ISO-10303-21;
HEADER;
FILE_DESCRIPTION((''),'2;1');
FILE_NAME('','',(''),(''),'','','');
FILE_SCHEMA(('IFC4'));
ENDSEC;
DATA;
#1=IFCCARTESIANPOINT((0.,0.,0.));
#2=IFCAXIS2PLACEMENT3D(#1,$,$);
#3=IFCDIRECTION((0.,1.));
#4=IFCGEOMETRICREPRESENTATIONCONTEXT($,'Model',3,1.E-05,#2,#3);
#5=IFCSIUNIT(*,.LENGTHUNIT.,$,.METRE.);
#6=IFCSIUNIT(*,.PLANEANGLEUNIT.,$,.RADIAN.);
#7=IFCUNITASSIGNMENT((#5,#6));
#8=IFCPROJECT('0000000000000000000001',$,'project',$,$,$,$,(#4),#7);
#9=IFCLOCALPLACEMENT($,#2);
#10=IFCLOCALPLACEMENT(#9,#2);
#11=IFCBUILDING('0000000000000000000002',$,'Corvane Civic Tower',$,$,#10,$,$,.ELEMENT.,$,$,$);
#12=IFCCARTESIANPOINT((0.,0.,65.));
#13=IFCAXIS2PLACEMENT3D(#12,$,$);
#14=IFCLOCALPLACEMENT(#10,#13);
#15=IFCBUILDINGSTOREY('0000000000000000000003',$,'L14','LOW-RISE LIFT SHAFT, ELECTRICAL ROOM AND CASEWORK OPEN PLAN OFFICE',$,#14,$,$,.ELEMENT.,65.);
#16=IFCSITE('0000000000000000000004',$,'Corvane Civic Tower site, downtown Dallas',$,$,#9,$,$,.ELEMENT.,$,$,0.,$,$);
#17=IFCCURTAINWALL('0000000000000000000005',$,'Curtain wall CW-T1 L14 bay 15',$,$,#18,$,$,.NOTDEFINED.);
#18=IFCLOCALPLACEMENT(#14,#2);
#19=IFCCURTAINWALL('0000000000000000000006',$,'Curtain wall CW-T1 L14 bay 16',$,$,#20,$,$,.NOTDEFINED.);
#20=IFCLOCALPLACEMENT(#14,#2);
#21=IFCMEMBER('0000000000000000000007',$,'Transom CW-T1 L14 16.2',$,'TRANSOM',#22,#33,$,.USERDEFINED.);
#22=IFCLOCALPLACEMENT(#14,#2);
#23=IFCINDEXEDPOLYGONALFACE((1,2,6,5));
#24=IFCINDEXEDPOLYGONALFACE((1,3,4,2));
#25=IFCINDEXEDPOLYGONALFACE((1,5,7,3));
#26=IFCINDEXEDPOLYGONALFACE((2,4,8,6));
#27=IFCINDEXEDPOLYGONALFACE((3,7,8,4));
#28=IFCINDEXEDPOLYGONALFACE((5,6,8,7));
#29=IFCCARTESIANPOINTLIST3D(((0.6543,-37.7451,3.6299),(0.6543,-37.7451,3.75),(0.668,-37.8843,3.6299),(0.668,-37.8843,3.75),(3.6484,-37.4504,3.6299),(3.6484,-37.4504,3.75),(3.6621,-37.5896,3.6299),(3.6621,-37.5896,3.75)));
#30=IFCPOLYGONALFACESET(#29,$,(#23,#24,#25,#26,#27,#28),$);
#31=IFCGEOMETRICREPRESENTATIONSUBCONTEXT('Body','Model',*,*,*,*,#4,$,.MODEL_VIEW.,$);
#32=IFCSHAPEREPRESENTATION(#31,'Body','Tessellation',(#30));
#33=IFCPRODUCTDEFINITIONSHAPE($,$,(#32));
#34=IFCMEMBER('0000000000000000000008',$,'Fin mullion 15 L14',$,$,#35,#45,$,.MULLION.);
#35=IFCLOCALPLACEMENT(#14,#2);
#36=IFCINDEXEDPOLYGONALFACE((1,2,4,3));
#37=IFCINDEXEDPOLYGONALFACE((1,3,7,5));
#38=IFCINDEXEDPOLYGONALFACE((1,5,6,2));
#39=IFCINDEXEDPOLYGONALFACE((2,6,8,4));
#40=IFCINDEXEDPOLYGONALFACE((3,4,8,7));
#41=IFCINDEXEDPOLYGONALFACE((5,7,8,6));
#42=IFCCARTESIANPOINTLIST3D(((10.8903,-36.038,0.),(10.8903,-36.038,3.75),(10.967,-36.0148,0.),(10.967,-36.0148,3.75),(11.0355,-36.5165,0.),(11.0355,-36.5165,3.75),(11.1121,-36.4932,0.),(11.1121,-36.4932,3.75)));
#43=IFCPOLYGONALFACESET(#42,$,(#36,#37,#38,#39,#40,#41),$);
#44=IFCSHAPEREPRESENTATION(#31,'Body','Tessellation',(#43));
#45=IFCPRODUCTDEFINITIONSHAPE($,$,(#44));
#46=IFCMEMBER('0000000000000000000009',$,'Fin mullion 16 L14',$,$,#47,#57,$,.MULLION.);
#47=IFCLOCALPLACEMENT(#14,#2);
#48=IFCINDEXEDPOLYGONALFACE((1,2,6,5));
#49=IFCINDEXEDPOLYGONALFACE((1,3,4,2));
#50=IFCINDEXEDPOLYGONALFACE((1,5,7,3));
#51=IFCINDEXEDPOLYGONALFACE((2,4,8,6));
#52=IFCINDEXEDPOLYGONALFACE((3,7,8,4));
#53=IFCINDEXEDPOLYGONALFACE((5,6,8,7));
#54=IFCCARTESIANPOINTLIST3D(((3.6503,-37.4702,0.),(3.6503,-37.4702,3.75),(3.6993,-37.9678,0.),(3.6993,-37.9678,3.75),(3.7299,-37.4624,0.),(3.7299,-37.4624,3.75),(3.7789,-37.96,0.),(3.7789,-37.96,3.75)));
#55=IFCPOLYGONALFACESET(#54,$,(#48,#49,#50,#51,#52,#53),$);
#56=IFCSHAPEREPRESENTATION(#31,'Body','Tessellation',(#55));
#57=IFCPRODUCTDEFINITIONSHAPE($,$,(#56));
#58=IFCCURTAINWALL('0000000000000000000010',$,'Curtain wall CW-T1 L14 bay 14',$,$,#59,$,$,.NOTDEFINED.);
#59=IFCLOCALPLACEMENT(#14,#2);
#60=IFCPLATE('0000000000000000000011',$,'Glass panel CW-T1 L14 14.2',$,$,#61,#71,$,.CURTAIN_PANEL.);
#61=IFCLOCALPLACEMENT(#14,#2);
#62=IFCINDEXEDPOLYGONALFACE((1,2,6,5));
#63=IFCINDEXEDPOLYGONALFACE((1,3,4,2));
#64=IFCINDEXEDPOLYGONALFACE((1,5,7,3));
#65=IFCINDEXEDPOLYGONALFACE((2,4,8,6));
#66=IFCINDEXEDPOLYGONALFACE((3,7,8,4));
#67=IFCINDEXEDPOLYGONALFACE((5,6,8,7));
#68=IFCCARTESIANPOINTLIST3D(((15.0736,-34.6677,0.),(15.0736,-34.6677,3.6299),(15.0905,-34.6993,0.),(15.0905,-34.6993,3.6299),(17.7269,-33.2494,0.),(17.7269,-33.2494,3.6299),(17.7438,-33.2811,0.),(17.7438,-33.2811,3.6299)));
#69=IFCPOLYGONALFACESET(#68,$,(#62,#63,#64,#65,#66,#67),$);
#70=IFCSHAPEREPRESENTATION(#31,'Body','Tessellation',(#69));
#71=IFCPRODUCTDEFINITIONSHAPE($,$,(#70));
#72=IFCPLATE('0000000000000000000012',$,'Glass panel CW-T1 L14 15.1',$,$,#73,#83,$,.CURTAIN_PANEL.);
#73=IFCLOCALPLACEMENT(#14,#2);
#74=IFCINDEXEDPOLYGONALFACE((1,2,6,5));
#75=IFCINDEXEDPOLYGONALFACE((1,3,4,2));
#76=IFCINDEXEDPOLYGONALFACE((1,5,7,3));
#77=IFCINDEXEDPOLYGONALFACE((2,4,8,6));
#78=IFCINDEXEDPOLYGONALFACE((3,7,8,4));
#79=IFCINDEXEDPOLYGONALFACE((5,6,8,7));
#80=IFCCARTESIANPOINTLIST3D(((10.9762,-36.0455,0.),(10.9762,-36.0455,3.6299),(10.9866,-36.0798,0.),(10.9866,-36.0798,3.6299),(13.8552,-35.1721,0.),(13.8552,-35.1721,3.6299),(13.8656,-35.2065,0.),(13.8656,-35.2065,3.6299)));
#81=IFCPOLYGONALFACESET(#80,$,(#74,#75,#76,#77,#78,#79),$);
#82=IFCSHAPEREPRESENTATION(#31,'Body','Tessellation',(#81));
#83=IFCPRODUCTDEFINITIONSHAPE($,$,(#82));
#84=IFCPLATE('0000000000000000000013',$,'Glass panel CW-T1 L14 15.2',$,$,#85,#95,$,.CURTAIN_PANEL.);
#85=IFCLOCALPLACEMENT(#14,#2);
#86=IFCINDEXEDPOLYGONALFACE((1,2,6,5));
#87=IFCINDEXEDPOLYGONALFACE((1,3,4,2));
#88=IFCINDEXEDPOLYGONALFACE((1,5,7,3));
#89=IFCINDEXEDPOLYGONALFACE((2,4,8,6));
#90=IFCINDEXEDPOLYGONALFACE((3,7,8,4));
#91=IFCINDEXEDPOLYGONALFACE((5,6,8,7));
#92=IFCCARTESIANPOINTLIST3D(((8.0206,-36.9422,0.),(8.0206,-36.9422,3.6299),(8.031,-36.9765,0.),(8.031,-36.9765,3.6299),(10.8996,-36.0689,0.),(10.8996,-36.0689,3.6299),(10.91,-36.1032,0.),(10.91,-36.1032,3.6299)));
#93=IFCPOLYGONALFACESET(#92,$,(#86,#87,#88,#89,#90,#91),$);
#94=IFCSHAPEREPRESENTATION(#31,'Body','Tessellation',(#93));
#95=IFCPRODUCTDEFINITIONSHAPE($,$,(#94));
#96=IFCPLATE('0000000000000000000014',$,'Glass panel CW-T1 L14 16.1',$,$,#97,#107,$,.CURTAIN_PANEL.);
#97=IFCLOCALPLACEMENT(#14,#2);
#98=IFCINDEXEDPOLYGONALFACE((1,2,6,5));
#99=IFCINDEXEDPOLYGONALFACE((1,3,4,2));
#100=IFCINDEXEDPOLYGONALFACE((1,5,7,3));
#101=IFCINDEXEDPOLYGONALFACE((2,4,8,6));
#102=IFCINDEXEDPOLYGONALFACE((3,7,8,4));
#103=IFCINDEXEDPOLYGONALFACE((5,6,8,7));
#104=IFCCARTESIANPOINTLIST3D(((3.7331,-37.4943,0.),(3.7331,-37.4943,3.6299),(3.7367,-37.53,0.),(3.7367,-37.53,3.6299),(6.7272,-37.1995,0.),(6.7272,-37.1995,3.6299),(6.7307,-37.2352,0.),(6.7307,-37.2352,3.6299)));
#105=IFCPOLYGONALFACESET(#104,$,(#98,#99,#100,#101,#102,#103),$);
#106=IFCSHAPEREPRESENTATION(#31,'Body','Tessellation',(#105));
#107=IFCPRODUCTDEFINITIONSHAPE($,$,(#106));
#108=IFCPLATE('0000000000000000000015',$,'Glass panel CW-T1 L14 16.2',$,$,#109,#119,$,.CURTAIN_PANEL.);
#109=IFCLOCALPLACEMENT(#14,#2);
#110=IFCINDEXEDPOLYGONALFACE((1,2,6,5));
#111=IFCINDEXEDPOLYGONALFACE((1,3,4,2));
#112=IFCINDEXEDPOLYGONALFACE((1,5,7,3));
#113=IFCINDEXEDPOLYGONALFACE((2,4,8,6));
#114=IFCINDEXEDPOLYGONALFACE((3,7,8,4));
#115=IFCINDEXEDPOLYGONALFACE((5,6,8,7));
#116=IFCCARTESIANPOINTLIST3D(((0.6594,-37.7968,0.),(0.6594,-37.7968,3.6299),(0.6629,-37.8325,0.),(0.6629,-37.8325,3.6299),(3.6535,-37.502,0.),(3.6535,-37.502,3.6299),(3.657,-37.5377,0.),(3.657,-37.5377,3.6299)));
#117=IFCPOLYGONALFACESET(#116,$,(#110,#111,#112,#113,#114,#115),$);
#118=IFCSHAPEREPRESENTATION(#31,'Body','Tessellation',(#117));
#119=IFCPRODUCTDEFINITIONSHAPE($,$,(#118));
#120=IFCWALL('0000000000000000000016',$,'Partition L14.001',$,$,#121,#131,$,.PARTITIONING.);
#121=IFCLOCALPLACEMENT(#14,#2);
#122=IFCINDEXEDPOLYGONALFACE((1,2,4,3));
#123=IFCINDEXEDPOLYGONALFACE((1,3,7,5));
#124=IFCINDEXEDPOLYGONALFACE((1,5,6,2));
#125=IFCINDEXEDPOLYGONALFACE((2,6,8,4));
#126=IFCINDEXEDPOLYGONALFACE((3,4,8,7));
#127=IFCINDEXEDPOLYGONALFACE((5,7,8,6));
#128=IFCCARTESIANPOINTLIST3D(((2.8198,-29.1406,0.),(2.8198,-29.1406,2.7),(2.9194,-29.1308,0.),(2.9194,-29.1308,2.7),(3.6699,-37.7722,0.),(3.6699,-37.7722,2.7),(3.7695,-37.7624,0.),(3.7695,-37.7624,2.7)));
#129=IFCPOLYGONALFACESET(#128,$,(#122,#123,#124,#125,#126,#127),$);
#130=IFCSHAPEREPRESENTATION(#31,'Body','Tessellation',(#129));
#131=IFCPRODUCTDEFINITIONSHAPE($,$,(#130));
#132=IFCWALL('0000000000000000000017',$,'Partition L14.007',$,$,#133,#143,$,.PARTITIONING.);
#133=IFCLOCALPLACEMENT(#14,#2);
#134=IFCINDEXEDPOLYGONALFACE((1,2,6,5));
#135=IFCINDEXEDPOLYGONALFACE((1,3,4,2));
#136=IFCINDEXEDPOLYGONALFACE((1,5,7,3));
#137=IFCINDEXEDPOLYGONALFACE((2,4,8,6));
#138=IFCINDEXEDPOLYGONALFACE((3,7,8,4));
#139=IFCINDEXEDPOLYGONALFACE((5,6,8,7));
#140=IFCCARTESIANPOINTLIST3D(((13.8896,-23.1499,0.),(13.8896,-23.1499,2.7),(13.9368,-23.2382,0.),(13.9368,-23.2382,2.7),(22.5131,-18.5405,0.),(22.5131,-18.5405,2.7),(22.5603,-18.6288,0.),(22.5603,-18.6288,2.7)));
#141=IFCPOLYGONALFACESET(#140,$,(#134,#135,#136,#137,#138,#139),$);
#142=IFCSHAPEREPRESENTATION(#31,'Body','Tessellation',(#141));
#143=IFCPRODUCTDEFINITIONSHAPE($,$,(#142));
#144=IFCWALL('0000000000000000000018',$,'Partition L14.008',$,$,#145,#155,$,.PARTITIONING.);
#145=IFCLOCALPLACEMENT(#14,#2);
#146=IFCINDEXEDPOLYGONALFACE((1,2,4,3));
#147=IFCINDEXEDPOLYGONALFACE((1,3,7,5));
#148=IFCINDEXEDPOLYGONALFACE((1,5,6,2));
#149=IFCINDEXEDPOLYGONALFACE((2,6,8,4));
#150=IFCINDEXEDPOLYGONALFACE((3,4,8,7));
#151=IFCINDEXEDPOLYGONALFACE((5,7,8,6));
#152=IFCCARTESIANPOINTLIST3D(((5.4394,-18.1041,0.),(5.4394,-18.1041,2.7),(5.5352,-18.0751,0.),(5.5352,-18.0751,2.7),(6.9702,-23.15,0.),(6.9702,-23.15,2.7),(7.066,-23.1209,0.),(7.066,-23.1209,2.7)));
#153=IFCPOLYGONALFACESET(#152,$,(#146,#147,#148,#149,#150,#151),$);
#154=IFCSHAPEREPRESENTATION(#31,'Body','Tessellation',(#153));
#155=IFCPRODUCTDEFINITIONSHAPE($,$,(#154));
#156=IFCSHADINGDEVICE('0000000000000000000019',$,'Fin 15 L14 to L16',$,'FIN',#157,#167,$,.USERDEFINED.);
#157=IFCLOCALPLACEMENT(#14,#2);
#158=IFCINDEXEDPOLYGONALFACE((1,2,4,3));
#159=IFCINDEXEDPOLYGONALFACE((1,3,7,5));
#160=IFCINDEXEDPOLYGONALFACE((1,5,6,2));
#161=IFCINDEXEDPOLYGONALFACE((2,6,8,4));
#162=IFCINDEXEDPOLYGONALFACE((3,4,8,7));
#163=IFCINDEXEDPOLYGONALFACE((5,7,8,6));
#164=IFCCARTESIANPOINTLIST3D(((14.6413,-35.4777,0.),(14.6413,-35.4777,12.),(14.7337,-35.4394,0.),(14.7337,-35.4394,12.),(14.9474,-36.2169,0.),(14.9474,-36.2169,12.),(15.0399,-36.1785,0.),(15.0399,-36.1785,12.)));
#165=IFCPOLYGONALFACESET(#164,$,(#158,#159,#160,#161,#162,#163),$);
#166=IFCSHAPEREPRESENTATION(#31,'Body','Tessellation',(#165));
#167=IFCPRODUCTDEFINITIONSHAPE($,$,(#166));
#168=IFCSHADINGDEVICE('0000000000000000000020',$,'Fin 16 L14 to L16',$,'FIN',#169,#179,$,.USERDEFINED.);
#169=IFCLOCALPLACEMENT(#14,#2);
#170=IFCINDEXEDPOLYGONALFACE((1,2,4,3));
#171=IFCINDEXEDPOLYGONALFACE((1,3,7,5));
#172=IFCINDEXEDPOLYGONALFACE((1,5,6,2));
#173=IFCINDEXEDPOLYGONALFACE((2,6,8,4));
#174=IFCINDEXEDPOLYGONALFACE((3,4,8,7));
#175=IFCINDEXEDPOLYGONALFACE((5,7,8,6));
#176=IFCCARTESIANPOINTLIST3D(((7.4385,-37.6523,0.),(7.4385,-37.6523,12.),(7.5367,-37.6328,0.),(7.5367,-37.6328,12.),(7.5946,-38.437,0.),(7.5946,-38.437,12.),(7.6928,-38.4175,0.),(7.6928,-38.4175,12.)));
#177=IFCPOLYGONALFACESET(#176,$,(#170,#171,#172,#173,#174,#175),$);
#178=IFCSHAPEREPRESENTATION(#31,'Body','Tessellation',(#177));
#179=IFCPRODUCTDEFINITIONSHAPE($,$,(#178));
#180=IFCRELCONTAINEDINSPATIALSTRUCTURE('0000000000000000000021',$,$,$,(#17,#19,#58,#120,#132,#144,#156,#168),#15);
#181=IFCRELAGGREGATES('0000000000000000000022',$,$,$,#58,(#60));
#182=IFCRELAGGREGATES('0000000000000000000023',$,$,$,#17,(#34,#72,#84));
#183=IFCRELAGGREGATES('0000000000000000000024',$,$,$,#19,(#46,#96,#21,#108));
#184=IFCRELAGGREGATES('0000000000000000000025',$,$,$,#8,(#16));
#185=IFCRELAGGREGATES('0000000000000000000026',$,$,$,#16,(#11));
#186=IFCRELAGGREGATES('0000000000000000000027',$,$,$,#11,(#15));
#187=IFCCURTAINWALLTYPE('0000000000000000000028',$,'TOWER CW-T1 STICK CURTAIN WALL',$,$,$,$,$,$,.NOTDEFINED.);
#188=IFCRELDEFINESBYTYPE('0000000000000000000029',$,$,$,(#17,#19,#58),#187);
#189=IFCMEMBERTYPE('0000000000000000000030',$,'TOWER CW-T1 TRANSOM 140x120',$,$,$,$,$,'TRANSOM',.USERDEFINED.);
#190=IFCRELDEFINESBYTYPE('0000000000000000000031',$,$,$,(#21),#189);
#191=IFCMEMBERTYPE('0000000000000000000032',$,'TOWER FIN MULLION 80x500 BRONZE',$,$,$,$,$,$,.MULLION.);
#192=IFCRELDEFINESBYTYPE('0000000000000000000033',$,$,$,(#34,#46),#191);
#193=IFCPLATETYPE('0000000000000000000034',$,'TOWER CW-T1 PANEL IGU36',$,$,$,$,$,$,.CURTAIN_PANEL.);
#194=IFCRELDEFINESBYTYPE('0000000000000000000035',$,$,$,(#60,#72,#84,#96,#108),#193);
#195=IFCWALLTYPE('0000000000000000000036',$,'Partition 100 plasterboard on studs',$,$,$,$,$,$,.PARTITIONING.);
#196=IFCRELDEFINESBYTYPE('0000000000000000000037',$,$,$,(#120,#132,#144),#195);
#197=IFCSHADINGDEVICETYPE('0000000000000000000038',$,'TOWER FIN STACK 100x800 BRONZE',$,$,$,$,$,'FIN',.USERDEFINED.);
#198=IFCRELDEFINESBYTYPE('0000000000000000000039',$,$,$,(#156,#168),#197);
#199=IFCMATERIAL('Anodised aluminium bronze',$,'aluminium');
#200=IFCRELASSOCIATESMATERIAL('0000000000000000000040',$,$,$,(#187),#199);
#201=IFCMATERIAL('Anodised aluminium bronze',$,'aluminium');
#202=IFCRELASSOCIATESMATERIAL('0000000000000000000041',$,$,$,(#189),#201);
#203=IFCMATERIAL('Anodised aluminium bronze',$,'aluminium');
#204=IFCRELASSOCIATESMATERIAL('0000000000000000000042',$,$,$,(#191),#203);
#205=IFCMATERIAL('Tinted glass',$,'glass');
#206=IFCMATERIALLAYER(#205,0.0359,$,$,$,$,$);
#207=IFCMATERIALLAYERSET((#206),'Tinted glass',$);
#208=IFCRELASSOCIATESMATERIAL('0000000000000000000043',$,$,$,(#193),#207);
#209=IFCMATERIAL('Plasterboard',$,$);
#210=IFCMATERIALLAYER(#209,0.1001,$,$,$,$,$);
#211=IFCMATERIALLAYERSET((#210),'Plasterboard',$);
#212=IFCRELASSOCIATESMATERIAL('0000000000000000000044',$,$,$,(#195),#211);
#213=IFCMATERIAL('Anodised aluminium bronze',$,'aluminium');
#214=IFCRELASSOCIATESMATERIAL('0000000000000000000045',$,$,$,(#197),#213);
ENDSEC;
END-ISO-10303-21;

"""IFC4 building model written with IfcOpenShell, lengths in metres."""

from ifc_helpers import new_model, si_unit, direction, frame, frame_2d, origin, origin_2d, place, context, subcontext, project, spatial, rectangle, extrude, material, layer, layer_set, material_profile, profile_set, type_object, element, aggregate, save


model = new_model("IFC4")

# Units and contexts
model_context = context("Model", 3, precision=1e-05, world=origin(), true_north=direction((0.0, 1.0)))
body_context = subcontext(model_context, "Body", "Model", "MODEL_VIEW")
ifc_project = project(units=[si_unit("LENGTHUNIT", "METRE"), si_unit("PLANEANGLEUNIT", "RADIAN")], contexts=[model_context])

# Site, building, storey
site_placement = place(None, origin())
site = spatial("IfcSite", under=ifc_project, at=site_placement, Name="Corvane Civic Tower site, downtown Dallas", CompositionType="ELEMENT", RefElevation=0.0)
building_placement = place(site_placement, origin())
building = spatial("IfcBuilding", under=site, at=building_placement, Name="Corvane Civic Tower", CompositionType="ELEMENT")
storey_placement = place(building_placement, frame((0.0, 0.0, 65.0)))
storey = spatial("IfcBuildingStorey", under=building, at=storey_placement, Name="L14", Description="LOW-RISE LIFT SHAFT, ELECTRICAL ROOM AND CASEWORK OPEN PLAN OFFICE", CompositionType="ELEMENT", Elevation=65.0)

# Curtain walls, member
ifc_material_1 = material(Name="Anodised aluminium bronze", Category="aluminium")
curtain_wall_type = type_object("IfcCurtainWallType", Name="TOWER CW-T1 STICK CURTAIN WALL", PredefinedType="NOTDEFINED", material=ifc_material_1)
curtain_wall_1_placement = place(storey_placement, origin())
curtain_wall_1 = element("IfcCurtainWall", 1, at=curtain_wall_1_placement, inside=storey, type_object=curtain_wall_type, Name="Curtain wall CW-T1 L14 bay 15", PredefinedType="NOTDEFINED")
ifc_material_2 = material(Name="Anodised aluminium bronze", Category="aluminium")
ifc_material_profile_1 = material_profile(ifc_material_2, rectangle(XDim=0.1399, YDim=0.1201, at=origin_2d()), Name="TOWER CW-T1 TRANSOM 140x120")
ifc_profile_set_1 = profile_set([ifc_material_profile_1], Name="Anodised aluminium bronze")
member_type_1 = type_object("IfcMemberType", Name="TOWER CW-T1 TRANSOM 140x120", ElementType="TRANSOM", PredefinedType="USERDEFINED", material=ifc_profile_set_1)
curtain_wall_2_placement = place(storey_placement, origin())
curtain_wall_2 = element("IfcCurtainWall", 2, at=curtain_wall_2_placement, inside=storey, type_object=curtain_wall_type, Name="Curtain wall CW-T1 L14 bay 16", PredefinedType="NOTDEFINED")
member_1_placement = place(storey_placement, frame((3.6553, -37.52, 3.6899), z_axis=(-0.995192, -0.097945, 0.0), x_axis=(0.097945, -0.995192, 0.0)))
member_1 = element("IfcMember", 3, at=member_1_placement, type_object=member_type_1, Name="Transom CW-T1 L14 16.2", ObjectType="TRANSOM", PredefinedType="USERDEFINED", context=body_context, shape_type="SweptSolid", body=[
    extrude(rectangle(XDim=0.1399, YDim=0.1201, at=origin_2d()), origin(), (0.0, 0.0, 1.0), 3.0085),
])

# Members
ifc_material_3 = material(Name="Anodised aluminium bronze", Category="aluminium")
ifc_material_profile_2 = material_profile(ifc_material_3, rectangle(XDim=0.0801, YDim=0.5, at=origin_2d()), Name="TOWER FIN MULLION 80x500 BRONZE")
ifc_profile_set_2 = profile_set([ifc_material_profile_2], Name="Anodised aluminium bronze")
member_type_2 = type_object("IfcMemberType", Name="TOWER FIN MULLION 80x500 BRONZE", PredefinedType="MULLION", material=ifc_profile_set_2)
member_2_placement = place(storey_placement, frame((11.0012, -36.2656, 0.0), z_axis=(0.0, 0.0, 1.0), x_axis=(-0.956942, -0.290278, 0.0)))
member_2 = element("IfcMember", 4, at=member_2_placement, type_object=member_type_2, Name="Fin mullion 15 L14", PredefinedType="MULLION", context=body_context, shape_type="SweptSolid", body=[
    extrude(rectangle(XDim=0.0801, YDim=0.5, at=origin_2d()), origin(), (0.0, 0.0, 1.0), 3.75),
])
member_3_placement = place(storey_placement, frame((3.7146, -37.7151, 0.0), z_axis=(0.0, 0.0, 1.0), x_axis=(-0.995186, -0.098006, 0.0)))
member_3 = element("IfcMember", 5, at=member_3_placement, type_object=member_type_2, Name="Fin mullion 16 L14", PredefinedType="MULLION", context=body_context, shape_type="SweptSolid", body=[
    extrude(rectangle(XDim=0.0801, YDim=0.5, at=origin_2d()), origin(), (0.0, 0.0, 1.0), 3.75),
])

# Curtain wall, plate
curtain_wall_3_placement = place(storey_placement, origin())
curtain_wall_3 = element("IfcCurtainWall", 6, at=curtain_wall_3_placement, inside=storey, type_object=curtain_wall_type, Name="Curtain wall CW-T1 L14 bay 14", PredefinedType="NOTDEFINED")
ifc_material_4 = material(Name="Tinted glass", Category="glass")
ifc_layer_1 = layer(ifc_material_4, 0.0359)
ifc_layer_set_1 = layer_set([ifc_layer_1], Name="Tinted glass")
plate_type = type_object("IfcPlateType", Name="TOWER CW-T1 PANEL IGU36", PredefinedType="CURTAIN_PANEL", material=ifc_layer_set_1)
plate_1_placement = place(storey_placement, frame((16.4087, -33.9744, 0.0), z_axis=(0.0, 0.0, 1.0), x_axis=(-0.881918, -0.471404, 0.0)))
plate_1 = element("IfcPlate", 7, at=plate_1_placement, type_object=plate_type, Name="Glass panel CW-T1 L14 14.2", PredefinedType="CURTAIN_PANEL", context=body_context, shape_type="SweptSolid", body=[
    extrude(rectangle(XDim=3.0085, YDim=0.0359, at=origin_2d()), origin(), (0.0, 0.0, 1.0), 3.6299),
])
aggregate(curtain_wall_3, [plate_1])

# Plates
plate_2_placement = place(storey_placement, frame((12.4209, -35.626, 0.0), z_axis=(0.0, 0.0, 1.0), x_axis=(-0.956942, -0.290278, 0.0)))
plate_2 = element("IfcPlate", 8, at=plate_2_placement, type_object=plate_type, Name="Glass panel CW-T1 L14 15.1", PredefinedType="CURTAIN_PANEL", context=body_context, shape_type="SweptSolid", body=[
    extrude(rectangle(XDim=3.0085, YDim=0.0359, at=origin_2d()), origin(), (0.0, 0.0, 1.0), 3.6299),
])
plate_3_placement = place(storey_placement, frame((9.4653, -36.5227, 0.0), z_axis=(0.0, 0.0, 1.0), x_axis=(-0.956942, -0.290278, 0.0)))
plate_3 = element("IfcPlate", 9, at=plate_3_placement, type_object=plate_type, Name="Glass panel CW-T1 L14 15.2", PredefinedType="CURTAIN_PANEL", context=body_context, shape_type="SweptSolid", body=[
    extrude(rectangle(XDim=3.0085, YDim=0.0359, at=origin_2d()), origin(), (0.0, 0.0, 1.0), 3.6299),
])
aggregate(curtain_wall_1, [member_2, plate_2, plate_3])
plate_4_placement = place(storey_placement, frame((5.2319, -37.3647, 0.0), z_axis=(0.0, 0.0, 1.0), x_axis=(-0.995186, -0.098006, 0.0)))
plate_4 = element("IfcPlate", 10, at=plate_4_placement, type_object=plate_type, Name="Glass panel CW-T1 L14 16.1", PredefinedType="CURTAIN_PANEL", context=body_context, shape_type="SweptSolid", body=[
    extrude(rectangle(XDim=3.0085, YDim=0.0359, at=origin_2d()), origin(), (0.0, 0.0, 1.0), 3.6299),
])
plate_5_placement = place(storey_placement, frame((2.1582, -37.6672, 0.0), z_axis=(0.0, 0.0, 1.0), x_axis=(-0.995186, -0.098006, 0.0)))
plate_5 = element("IfcPlate", 11, at=plate_5_placement, type_object=plate_type, Name="Glass panel CW-T1 L14 16.2", PredefinedType="CURTAIN_PANEL", context=body_context, shape_type="SweptSolid", body=[
    extrude(rectangle(XDim=3.0085, YDim=0.0359, at=origin_2d()), origin(), (0.0, 0.0, 1.0), 3.6299),
])
aggregate(curtain_wall_2, [member_3, plate_4, member_1, plate_5])

# Walls
ifc_material_5 = material(Name="Plasterboard")
ifc_layer_2 = layer(ifc_material_5, 0.1001)
ifc_layer_set_2 = layer_set([ifc_layer_2], Name="Plasterboard")
wall_type = type_object("IfcWallType", Name="Partition 100 plasterboard on studs", PredefinedType="PARTITIONING", material=ifc_layer_set_2)
wall_1_placement = place(storey_placement, frame((2.8696, -29.1357, 0.0), z_axis=(0.0, 0.0, 1.0), x_axis=(0.098013, -0.995185, 0.0)))
element("IfcWall", 12, at=wall_1_placement, inside=storey, type_object=wall_type, Name="Partition L14.001", PredefinedType="PARTITIONING", context=body_context, shape_type="SweptSolid", body=[
    extrude(rectangle(XDim=8.6733, YDim=0.1001, at=frame_2d((4.3367, 0.0))), origin(), (0.0, 0.0, 1.0), 2.7),
])
wall_2_placement = place(storey_placement, frame((13.9131, -23.1941, 0.0), z_axis=(0.0, 0.0, 1.0), x_axis=(0.881921, 0.471397, 0.0)))
element("IfcWall", 13, at=wall_2_placement, inside=storey, type_object=wall_type, Name="Partition L14.007", PredefinedType="PARTITIONING", context=body_context, shape_type="SweptSolid", body=[
    extrude(rectangle(XDim=9.7781, YDim=0.1001, at=frame_2d((4.8892, 0.0))), origin(), (0.0, 0.0, 1.0), 2.7),
])
wall_3_placement = place(storey_placement, frame((5.4873, -18.0896, 0.0), z_axis=(0.0, 0.0, 1.0), x_axis=(0.290303, -0.956935, 0.0)))
element("IfcWall", 14, at=wall_3_placement, inside=storey, type_object=wall_type, Name="Partition L14.008", PredefinedType="PARTITIONING", context=body_context, shape_type="SweptSolid", body=[
    extrude(rectangle(XDim=5.2729, YDim=0.1001, at=frame_2d((2.6365, 0.0))), origin(), (0.0, 0.0, 1.0), 2.7),
])

# Shading devices
ifc_material_6 = material(Name="Anodised aluminium bronze", Category="aluminium")
ifc_material_profile_3 = material_profile(ifc_material_6, rectangle(XDim=0.1001, YDim=0.8, at=origin_2d()), Name="TOWER FIN STACK 100x800 BRONZE")
ifc_profile_set_3 = profile_set([ifc_material_profile_3], Name="Anodised aluminium bronze")
shading_device_type = type_object("IfcShadingDeviceType", Name="TOWER FIN STACK 100x800 BRONZE", ElementType="FIN", PredefinedType="USERDEFINED", material=ifc_profile_set_3)
for number, where, z_axis, x_axis, name in (
    (15, (14.8406, -35.8281, 0.0), (0.0, 0.0, 1.0), (-0.92388, -0.382683, 0.0), "Fin 15 L14 to L16"),
    (16, (7.5657, -38.0349, 0.0), (0.0, 0.0, 1.0), (-0.980785, -0.19509, 0.0), "Fin 16 L14 to L16"),
):
    element("IfcShadingDevice", number, at=place(storey_placement, frame(where, z_axis=z_axis, x_axis=x_axis)), inside=storey, type_object=shading_device_type, Name=name, ObjectType="FIN", PredefinedType="USERDEFINED", context=body_context, shape_type="SweptSolid", body=[
        extrude(rectangle(XDim=0.1001, YDim=0.8, at=origin_2d()), origin(), (0.0, 0.0, 1.0), 12.0),
    ])

save(model, "model.ifc")
